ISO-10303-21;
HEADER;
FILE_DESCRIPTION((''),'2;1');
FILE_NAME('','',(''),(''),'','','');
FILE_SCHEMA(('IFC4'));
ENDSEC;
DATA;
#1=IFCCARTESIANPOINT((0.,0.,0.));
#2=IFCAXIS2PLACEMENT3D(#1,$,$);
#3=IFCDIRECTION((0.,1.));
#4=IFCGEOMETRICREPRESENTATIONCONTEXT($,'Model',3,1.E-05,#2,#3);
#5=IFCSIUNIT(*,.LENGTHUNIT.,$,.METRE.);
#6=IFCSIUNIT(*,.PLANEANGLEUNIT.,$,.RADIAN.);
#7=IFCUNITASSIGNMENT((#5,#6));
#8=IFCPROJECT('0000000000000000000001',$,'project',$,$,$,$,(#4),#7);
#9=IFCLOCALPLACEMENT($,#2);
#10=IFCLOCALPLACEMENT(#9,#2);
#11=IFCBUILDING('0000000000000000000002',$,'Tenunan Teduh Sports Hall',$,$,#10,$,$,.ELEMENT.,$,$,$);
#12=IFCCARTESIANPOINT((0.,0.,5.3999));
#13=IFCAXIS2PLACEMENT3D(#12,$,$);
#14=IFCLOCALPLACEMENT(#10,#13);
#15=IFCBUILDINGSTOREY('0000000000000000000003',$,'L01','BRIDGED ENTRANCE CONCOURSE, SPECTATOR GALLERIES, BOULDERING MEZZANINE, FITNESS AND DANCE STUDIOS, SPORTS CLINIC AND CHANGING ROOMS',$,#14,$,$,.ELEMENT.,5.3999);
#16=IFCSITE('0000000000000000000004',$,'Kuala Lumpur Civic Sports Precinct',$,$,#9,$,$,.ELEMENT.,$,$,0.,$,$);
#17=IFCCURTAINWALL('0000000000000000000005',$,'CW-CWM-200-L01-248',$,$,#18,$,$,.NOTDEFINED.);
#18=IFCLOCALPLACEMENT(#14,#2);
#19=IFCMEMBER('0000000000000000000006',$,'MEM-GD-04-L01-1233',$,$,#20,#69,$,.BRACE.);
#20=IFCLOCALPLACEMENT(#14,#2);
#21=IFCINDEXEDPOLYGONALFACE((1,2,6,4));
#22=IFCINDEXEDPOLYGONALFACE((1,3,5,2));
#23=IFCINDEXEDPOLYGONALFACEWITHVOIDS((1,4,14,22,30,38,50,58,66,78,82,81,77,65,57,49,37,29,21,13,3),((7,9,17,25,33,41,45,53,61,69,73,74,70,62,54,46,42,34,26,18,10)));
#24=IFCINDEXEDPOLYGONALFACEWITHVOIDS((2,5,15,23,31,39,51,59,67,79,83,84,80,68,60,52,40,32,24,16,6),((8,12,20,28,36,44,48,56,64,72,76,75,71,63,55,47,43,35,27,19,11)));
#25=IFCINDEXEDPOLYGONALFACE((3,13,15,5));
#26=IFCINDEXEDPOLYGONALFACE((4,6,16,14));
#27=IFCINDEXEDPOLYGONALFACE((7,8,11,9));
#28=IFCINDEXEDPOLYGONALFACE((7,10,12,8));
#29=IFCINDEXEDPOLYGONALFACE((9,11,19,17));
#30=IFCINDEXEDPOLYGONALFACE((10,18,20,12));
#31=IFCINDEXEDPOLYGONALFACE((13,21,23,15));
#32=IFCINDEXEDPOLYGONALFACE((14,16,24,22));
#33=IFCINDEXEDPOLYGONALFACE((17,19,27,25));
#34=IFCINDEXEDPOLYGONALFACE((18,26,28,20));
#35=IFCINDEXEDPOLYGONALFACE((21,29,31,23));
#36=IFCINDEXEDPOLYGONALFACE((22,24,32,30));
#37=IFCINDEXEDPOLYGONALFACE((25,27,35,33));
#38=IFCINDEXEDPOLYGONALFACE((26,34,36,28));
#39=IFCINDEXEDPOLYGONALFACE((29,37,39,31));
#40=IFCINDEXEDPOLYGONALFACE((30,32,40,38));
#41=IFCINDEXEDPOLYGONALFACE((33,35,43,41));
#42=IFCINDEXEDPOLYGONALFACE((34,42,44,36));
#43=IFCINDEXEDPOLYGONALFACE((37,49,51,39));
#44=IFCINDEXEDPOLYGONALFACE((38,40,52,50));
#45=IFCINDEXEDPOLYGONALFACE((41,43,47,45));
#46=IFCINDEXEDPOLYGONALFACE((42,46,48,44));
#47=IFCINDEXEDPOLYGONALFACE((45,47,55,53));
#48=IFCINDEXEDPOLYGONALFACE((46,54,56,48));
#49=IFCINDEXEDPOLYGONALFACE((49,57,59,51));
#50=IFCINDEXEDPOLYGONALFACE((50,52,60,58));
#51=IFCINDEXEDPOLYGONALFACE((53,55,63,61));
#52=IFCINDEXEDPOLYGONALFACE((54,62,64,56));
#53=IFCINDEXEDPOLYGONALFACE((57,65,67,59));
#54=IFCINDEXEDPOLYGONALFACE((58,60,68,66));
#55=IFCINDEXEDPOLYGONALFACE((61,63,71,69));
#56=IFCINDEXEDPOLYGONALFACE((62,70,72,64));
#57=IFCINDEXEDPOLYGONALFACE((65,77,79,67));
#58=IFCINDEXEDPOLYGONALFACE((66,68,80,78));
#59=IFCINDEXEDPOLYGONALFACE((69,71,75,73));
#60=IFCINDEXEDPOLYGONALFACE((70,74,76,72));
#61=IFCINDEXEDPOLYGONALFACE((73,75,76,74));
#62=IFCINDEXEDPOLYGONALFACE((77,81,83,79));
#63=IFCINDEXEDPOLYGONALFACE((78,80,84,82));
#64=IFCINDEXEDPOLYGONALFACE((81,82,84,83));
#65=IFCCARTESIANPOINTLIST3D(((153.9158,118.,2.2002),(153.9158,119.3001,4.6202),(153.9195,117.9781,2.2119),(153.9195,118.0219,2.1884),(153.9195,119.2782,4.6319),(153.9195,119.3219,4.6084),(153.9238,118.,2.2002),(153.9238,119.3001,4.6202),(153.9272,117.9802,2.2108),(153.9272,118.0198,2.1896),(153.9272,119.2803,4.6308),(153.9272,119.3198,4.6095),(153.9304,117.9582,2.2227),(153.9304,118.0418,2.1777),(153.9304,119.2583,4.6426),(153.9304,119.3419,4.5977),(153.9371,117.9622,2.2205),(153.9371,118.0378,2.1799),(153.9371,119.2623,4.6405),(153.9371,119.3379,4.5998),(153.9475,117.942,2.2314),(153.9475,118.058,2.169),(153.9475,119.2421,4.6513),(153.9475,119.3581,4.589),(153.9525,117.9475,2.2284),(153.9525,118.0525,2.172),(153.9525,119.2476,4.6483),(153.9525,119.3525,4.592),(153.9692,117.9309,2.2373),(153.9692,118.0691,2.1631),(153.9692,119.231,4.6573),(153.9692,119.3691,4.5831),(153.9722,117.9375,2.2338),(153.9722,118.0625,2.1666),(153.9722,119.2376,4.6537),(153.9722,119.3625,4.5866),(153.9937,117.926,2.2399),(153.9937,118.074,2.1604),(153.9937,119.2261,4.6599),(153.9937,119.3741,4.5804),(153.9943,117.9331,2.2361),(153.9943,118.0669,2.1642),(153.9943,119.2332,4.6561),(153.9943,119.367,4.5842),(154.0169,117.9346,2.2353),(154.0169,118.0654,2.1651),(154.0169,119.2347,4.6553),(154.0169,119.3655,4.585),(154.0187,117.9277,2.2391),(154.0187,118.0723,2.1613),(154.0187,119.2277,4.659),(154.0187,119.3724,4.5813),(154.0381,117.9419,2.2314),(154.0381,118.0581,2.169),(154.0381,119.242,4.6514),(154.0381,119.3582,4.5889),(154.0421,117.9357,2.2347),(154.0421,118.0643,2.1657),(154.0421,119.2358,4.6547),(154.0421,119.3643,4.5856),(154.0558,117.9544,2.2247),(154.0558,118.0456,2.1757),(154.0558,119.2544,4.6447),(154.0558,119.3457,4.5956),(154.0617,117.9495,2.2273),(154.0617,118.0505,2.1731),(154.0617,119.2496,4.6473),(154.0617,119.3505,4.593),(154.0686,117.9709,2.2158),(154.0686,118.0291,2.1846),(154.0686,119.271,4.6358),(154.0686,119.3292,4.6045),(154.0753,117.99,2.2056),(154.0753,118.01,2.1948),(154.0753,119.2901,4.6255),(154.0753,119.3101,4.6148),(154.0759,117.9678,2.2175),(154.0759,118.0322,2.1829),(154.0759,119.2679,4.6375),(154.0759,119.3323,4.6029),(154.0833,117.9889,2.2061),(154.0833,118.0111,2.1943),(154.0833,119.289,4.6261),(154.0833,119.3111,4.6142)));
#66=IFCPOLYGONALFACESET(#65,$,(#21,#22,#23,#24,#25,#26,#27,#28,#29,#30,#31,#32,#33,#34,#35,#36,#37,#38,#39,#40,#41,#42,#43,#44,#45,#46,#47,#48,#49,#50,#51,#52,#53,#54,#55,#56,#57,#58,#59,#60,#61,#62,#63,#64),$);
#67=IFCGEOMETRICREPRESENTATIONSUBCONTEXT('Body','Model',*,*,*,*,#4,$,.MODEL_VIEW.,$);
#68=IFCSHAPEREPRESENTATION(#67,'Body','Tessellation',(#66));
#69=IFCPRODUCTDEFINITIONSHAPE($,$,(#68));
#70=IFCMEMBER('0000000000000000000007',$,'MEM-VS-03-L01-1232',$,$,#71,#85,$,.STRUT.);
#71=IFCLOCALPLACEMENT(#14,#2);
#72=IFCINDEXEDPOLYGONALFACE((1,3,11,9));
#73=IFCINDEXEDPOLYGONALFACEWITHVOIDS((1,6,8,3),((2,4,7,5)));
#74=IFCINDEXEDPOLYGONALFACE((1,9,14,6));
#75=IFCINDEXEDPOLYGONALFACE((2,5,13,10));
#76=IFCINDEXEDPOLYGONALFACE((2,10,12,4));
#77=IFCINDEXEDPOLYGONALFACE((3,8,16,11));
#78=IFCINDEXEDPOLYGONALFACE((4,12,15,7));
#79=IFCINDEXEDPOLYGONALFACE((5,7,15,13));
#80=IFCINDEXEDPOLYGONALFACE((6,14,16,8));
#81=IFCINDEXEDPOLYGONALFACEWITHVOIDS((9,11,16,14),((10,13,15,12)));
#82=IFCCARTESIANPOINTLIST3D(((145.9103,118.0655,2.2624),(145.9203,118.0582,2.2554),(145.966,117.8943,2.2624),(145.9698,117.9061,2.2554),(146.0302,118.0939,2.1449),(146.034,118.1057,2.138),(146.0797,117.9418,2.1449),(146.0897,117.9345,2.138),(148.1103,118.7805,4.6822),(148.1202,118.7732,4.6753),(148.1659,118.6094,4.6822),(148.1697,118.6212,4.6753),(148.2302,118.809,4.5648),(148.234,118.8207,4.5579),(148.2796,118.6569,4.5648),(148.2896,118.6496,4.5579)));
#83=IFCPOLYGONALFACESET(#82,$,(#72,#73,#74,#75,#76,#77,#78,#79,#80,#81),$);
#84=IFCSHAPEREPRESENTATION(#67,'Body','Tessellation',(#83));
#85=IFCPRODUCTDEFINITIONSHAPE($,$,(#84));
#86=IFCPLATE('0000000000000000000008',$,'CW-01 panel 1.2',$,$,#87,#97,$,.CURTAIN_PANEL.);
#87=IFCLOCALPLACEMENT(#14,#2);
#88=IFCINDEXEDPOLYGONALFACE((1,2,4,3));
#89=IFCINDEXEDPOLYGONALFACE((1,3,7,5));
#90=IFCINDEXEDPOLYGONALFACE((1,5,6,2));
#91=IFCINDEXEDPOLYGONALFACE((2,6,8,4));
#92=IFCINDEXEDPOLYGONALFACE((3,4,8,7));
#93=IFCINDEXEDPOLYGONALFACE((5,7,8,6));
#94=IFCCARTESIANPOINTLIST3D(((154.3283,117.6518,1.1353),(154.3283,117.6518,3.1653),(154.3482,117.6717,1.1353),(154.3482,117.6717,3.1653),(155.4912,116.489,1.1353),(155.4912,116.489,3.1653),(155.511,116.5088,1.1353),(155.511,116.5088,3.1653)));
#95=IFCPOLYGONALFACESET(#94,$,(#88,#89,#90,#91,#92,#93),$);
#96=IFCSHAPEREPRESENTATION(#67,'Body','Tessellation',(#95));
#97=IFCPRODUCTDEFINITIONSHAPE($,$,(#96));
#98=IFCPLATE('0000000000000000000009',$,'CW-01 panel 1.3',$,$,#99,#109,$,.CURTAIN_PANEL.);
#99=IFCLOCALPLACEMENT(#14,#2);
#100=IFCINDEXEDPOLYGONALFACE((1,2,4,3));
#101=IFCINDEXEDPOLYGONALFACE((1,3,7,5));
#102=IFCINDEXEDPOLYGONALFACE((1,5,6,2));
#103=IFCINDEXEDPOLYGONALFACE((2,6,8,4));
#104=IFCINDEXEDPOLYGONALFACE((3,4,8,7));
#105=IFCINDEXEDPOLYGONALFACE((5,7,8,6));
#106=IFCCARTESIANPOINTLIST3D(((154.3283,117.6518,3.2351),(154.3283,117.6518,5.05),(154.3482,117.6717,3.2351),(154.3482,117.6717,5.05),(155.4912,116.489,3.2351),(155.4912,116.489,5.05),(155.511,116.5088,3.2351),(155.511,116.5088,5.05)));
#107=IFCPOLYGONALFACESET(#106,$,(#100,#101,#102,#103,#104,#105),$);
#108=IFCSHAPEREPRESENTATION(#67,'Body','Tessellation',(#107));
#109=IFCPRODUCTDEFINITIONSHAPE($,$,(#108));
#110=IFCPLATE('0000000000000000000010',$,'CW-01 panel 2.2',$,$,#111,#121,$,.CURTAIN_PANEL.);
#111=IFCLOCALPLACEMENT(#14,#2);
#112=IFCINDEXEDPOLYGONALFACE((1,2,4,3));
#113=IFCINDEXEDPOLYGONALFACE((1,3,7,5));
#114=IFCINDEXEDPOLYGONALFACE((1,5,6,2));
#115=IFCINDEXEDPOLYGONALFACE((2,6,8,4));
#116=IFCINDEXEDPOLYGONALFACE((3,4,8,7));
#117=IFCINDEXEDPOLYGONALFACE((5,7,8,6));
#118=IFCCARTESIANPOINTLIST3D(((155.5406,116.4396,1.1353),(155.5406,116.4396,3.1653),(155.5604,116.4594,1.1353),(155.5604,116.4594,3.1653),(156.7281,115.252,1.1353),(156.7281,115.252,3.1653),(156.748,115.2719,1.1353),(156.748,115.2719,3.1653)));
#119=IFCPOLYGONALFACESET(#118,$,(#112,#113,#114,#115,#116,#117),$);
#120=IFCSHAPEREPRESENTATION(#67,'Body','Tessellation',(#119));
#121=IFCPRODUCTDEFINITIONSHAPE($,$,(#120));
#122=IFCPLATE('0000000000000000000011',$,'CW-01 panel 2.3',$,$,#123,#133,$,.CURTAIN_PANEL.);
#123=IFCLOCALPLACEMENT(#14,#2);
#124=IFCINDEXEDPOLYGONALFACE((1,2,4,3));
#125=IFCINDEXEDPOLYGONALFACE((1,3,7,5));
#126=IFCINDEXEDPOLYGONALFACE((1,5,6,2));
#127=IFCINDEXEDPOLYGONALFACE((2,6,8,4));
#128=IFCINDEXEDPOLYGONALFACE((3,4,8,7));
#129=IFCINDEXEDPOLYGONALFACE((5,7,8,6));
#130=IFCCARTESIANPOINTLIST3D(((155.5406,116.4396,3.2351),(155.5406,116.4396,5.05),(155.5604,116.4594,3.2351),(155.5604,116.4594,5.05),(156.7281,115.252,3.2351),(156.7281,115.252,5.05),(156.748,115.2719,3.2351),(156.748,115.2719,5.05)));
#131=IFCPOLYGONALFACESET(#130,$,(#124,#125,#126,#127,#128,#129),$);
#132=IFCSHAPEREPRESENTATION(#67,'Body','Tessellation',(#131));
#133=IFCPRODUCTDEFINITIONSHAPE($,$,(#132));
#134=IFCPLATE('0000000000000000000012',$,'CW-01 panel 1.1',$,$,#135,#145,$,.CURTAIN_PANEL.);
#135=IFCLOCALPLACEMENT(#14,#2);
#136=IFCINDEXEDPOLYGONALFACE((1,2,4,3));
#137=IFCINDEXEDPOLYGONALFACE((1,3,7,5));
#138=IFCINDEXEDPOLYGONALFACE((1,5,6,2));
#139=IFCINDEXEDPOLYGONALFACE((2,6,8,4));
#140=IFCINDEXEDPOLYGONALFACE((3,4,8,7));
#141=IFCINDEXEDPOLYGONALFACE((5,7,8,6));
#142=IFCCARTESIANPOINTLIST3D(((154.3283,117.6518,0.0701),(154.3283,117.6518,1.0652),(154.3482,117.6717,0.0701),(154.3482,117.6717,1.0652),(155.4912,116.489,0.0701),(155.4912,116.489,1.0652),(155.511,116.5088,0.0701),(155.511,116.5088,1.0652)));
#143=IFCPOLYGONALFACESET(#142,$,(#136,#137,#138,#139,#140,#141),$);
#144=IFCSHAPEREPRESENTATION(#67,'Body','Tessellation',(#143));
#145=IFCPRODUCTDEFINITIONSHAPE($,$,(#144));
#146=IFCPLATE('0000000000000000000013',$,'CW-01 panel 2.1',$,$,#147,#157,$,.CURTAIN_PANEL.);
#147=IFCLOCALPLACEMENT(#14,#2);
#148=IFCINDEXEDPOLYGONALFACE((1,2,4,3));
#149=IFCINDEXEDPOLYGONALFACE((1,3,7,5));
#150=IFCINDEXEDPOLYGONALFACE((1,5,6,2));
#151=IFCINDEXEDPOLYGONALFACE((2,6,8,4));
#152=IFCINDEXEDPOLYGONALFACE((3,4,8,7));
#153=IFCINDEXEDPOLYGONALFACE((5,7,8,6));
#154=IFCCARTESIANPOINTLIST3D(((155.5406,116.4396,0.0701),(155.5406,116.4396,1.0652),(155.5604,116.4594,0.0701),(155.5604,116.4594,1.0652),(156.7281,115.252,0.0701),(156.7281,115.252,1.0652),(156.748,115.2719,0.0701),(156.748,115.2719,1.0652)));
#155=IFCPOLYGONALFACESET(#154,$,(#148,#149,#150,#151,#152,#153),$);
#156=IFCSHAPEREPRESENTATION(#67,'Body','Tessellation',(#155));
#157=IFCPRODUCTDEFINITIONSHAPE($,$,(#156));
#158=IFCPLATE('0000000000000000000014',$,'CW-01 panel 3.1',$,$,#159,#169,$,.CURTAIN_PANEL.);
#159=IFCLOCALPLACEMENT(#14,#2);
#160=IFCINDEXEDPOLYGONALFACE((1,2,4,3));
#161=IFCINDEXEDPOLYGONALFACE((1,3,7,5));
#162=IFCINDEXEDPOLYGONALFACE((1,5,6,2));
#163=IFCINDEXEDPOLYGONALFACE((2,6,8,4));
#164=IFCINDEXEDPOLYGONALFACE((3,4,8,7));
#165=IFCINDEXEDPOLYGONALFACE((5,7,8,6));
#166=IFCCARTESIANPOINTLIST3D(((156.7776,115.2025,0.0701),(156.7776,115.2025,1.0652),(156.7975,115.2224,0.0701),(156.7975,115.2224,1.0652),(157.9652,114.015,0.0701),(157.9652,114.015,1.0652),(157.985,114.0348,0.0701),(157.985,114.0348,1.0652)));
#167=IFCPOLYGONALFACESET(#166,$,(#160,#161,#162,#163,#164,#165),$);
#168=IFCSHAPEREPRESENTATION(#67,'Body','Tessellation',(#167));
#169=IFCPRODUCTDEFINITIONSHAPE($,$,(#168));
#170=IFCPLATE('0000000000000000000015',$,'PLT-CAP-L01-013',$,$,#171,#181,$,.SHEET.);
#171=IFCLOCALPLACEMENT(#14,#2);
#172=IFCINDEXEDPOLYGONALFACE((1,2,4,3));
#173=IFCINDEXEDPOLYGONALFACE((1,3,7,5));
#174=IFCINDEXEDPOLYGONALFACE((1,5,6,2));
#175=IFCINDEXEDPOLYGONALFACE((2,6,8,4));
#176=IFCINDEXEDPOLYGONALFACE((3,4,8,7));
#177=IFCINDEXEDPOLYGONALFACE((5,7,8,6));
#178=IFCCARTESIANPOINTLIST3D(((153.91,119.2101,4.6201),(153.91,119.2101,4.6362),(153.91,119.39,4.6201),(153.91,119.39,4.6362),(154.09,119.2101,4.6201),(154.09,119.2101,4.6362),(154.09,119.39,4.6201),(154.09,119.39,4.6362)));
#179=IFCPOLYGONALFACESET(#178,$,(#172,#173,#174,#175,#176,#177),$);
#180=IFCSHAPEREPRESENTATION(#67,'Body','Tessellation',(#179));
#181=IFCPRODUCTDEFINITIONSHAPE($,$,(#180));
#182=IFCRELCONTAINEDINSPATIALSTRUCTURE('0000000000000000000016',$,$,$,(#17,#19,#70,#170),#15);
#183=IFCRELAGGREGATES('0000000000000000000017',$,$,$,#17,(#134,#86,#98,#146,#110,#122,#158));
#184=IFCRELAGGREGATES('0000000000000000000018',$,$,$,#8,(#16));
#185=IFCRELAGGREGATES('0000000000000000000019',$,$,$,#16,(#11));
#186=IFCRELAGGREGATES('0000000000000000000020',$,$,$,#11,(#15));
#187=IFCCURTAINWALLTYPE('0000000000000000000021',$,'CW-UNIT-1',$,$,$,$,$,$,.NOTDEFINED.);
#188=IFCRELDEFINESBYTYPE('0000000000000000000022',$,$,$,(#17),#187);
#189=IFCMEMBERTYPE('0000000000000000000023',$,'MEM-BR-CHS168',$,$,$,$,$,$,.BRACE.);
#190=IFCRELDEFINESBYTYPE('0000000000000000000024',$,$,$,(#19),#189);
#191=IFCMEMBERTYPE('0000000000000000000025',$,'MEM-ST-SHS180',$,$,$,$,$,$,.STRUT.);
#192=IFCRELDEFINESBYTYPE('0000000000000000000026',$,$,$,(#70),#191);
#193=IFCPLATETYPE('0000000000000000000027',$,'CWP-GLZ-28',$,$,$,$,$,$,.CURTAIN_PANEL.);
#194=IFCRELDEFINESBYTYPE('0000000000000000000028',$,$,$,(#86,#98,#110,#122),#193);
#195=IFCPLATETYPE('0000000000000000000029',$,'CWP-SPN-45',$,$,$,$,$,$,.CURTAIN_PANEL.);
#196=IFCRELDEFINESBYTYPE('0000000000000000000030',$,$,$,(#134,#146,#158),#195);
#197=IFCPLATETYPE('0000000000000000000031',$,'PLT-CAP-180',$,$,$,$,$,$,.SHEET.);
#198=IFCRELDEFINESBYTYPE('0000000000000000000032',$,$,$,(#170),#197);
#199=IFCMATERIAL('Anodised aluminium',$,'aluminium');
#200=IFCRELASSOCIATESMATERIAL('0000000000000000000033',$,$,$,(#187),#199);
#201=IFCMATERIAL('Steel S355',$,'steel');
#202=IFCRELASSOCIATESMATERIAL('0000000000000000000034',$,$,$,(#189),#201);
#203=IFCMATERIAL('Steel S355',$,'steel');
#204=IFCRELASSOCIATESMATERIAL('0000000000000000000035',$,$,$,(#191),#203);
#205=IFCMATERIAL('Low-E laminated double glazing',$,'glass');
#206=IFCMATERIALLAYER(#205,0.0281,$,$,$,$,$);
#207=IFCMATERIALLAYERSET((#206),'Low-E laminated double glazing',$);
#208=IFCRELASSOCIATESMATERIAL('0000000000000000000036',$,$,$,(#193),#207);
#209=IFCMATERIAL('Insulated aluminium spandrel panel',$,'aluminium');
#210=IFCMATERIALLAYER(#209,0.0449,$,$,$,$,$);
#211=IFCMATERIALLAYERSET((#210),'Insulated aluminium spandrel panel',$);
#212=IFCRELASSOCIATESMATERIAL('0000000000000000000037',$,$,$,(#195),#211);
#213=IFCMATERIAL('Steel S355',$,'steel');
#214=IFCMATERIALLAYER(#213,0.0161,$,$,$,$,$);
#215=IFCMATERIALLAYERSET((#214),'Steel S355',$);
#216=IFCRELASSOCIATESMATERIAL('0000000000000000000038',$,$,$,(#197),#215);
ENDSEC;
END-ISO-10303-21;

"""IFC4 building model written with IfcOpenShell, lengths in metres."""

from ifc_helpers import new_model, si_unit, direction, frame, origin, origin_2d, place, context, subcontext, project, spatial, rectangle, hollow_rectangle, hollow_circle, extrude, material, layer, layer_set, material_profile, profile_set, type_object, element, aggregate, save


model = new_model("IFC4")

# Units and contexts
model_context = context("Model", 3, precision=1e-05, world=origin(), true_north=direction((0.0, 1.0)))
body_context = subcontext(model_context, "Body", "Model", "MODEL_VIEW")
ifc_project = project(units=[si_unit("LENGTHUNIT", "METRE"), si_unit("PLANEANGLEUNIT", "RADIAN")], contexts=[model_context])

# Site, building, storey
site_placement = place(None, origin())
site = spatial("IfcSite", under=ifc_project, at=site_placement, Name="Kuala Lumpur Civic Sports Precinct", CompositionType="ELEMENT", RefElevation=0.0)
building_placement = place(site_placement, origin())
building = spatial("IfcBuilding", under=site, at=building_placement, Name="Tenunan Teduh Sports Hall", CompositionType="ELEMENT")
storey_placement = place(building_placement, frame((0.0, 0.0, 5.3999)))
storey = spatial("IfcBuildingStorey", under=building, at=storey_placement, Name="L01", Description="BRIDGED ENTRANCE CONCOURSE, SPECTATOR GALLERIES, BOULDERING MEZZANINE, FITNESS AND DANCE STUDIOS, SPORTS CLINIC AND CHANGING ROOMS", CompositionType="ELEMENT", Elevation=5.3999)

# Curtain wall
ifc_material_1 = material(Name="Anodised aluminium", Category="aluminium")
curtain_wall_type = type_object("IfcCurtainWallType", Name="CW-UNIT-1", PredefinedType="NOTDEFINED", material=ifc_material_1)
curtain_wall_placement = place(storey_placement, origin())
curtain_wall = element("IfcCurtainWall", 1, at=curtain_wall_placement, inside=storey, type_object=curtain_wall_type, Name="CW-CWM-200-L01-248", PredefinedType="NOTDEFINED")

# Members
ifc_material_2 = material(Name="Steel S355", Category="steel")
ifc_material_profile_1 = material_profile(ifc_material_2, hollow_circle(Radius=0.0842, WallThickness=0.0081, at=origin_2d()), Name="CHS 168.3x8.0")
ifc_profile_set_1 = profile_set([ifc_material_profile_1], Name="Steel S355")
member_type_1 = type_object("IfcMemberType", Name="MEM-BR-CHS168", PredefinedType="BRACE", material=ifc_profile_set_1)
member_1_placement = place(storey_placement, frame((154.0, 118.0, 2.2002), z_axis=(0.0, 0.473257, 0.880924), x_axis=(-1.0, 0.0, 0.0)))
element("IfcMember", 2, at=member_1_placement, inside=storey, type_object=member_type_1, Name="MEM-GD-04-L01-1233", PredefinedType="BRACE", context=body_context, shape_type="SweptSolid", body=[
    extrude(hollow_circle(Radius=0.0842, WallThickness=0.0081, at=origin_2d()), origin(), (0.0, 0.0, 1.0), 2.7471),
])
ifc_material_3 = material(Name="Steel S355", Category="steel")
ifc_material_profile_2 = material_profile(ifc_material_3, hollow_rectangle(XDim=0.1799, YDim=0.1799, WallThickness=0.01, at=origin_2d()), Name="SHS 180x180x10.0")
ifc_profile_set_2 = profile_set([ifc_material_profile_2], Name="Steel S355")
member_type_2 = type_object("IfcMemberType", Name="MEM-ST-SHS180", PredefinedType="STRUT", material=ifc_profile_set_2)
member_2_placement = place(storey_placement, frame((146.0, 118.0, 2.2002), z_axis=(0.657151, 0.213605, 0.722859), x_axis=(-0.309127, 0.951021, 0.0)))
element("IfcMember", 3, at=member_2_placement, inside=storey, type_object=member_type_2, Name="MEM-VS-03-L01-1232", PredefinedType="STRUT", context=body_context, shape_type="SweptSolid", body=[
    extrude(hollow_rectangle(XDim=0.1799, YDim=0.1799, WallThickness=0.01, at=origin_2d()), origin(), (0.0, 0.0, 1.0), 3.3477),
])

# Plates
ifc_material_4 = material(Name="Low-E laminated double glazing", Category="glass")
ifc_layer_1 = layer(ifc_material_4, 0.0281)
ifc_layer_set_1 = layer_set([ifc_layer_1], Name="Low-E laminated double glazing")
plate_type_1 = type_object("IfcPlateType", Name="CWP-GLZ-28", PredefinedType="CURTAIN_PANEL", material=ifc_layer_set_1)
plate_1_placement = place(storey_placement, frame((154.9197, 117.0803, 1.1353), z_axis=(0.0, 0.0, 1.0), x_axis=(0.707107, -0.707107, 0.0)))
plate_1 = element("IfcPlate", 4, at=plate_1_placement, type_object=plate_type_1, Name="CW-01 panel 1.2", PredefinedType="CURTAIN_PANEL", context=body_context, shape_type="SweptSolid", body=[
    extrude(rectangle(XDim=1.6445, YDim=0.0281, at=origin_2d()), origin(), (0.0, 0.0, 1.0), 2.03),
])
plate_2_placement = place(storey_placement, frame((154.9197, 117.0803, 3.2351), z_axis=(0.0, 0.0, 1.0), x_axis=(0.707107, -0.707107, 0.0)))
plate_2 = element("IfcPlate", 5, at=plate_2_placement, type_object=plate_type_1, Name="CW-01 panel 1.3", PredefinedType="CURTAIN_PANEL", context=body_context, shape_type="SweptSolid", body=[
    extrude(rectangle(XDim=1.6445, YDim=0.0281, at=origin_2d()), origin(), (0.0, 0.0, 1.0), 1.8149),
])
plate_3_placement = place(storey_placement, frame((156.1443, 115.8557, 1.1353), z_axis=(0.0, 0.0, 1.0), x_axis=(0.707107, -0.707107, 0.0)))
plate_3 = element("IfcPlate", 6, at=plate_3_placement, type_object=plate_type_1, Name="CW-01 panel 2.2", PredefinedType="CURTAIN_PANEL", context=body_context, shape_type="SweptSolid", body=[
    extrude(rectangle(XDim=1.6794, YDim=0.0281, at=origin_2d()), origin(), (0.0, 0.0, 1.0), 2.03),
])
plate_4_placement = place(storey_placement, frame((156.1443, 115.8557, 3.2351), z_axis=(0.0, 0.0, 1.0), x_axis=(0.707107, -0.707107, 0.0)))
plate_4 = element("IfcPlate", 7, at=plate_4_placement, type_object=plate_type_1, Name="CW-01 panel 2.3", PredefinedType="CURTAIN_PANEL", context=body_context, shape_type="SweptSolid", body=[
    extrude(rectangle(XDim=1.6794, YDim=0.0281, at=origin_2d()), origin(), (0.0, 0.0, 1.0), 1.8149),
])
ifc_material_5 = material(Name="Insulated aluminium spandrel panel", Category="aluminium")
ifc_layer_2 = layer(ifc_material_5, 0.0449)
ifc_layer_set_2 = layer_set([ifc_layer_2], Name="Insulated aluminium spandrel panel")
plate_type_2 = type_object("IfcPlateType", Name="CWP-SPN-45", PredefinedType="CURTAIN_PANEL", material=ifc_layer_set_2)
plate_5_placement = place(storey_placement, frame((154.9197, 117.0803, 0.0701), z_axis=(0.0, 0.0, 1.0), x_axis=(0.707107, -0.707107, 0.0)))
plate_5 = element("IfcPlate", 8, at=plate_5_placement, type_object=plate_type_2, Name="CW-01 panel 1.1", PredefinedType="CURTAIN_PANEL", context=body_context, shape_type="SweptSolid", body=[
    extrude(rectangle(XDim=1.6445, YDim=0.0281, at=origin_2d()), origin(), (0.0, 0.0, 1.0), 0.9951),
])
plate_6_placement = place(storey_placement, frame((156.1443, 115.8557, 0.0701), z_axis=(0.0, 0.0, 1.0), x_axis=(0.707107, -0.707107, 0.0)))
plate_6 = element("IfcPlate", 9, at=plate_6_placement, type_object=plate_type_2, Name="CW-01 panel 2.1", PredefinedType="CURTAIN_PANEL", context=body_context, shape_type="SweptSolid", body=[
    extrude(rectangle(XDim=1.6794, YDim=0.0281, at=origin_2d()), origin(), (0.0, 0.0, 1.0), 0.9951),
])
plate_7_placement = place(storey_placement, frame((157.3813, 114.6187, 0.0701), z_axis=(0.0, 0.0, 1.0), x_axis=(0.707107, -0.707107, 0.0)))
plate_7 = element("IfcPlate", 10, at=plate_7_placement, type_object=plate_type_2, Name="CW-01 panel 3.1", PredefinedType="CURTAIN_PANEL", context=body_context, shape_type="SweptSolid", body=[
    extrude(rectangle(XDim=1.6794, YDim=0.0281, at=origin_2d()), origin(), (0.0, 0.0, 1.0), 0.9951),
])
aggregate(curtain_wall, [plate_5, plate_1, plate_2, plate_6, plate_3, plate_4, plate_7])

# Plate
ifc_material_6 = material(Name="Steel S355", Category="steel")
ifc_layer_3 = layer(ifc_material_6, 0.0161)
ifc_layer_set_3 = layer_set([ifc_layer_3], Name="Steel S355")
plate_type_3 = type_object("IfcPlateType", Name="PLT-CAP-180", PredefinedType="SHEET", material=ifc_layer_set_3)
plate_8_placement = place(storey_placement, frame((154.0, 119.3, 4.6201), z_axis=(0.0, 0.0, 1.0), x_axis=(1.0, 0.0, 0.0)))
element("IfcPlate", 11, at=plate_8_placement, inside=storey, type_object=plate_type_3, Name="PLT-CAP-L01-013", PredefinedType="SHEET", context=body_context, shape_type="SweptSolid", body=[
    extrude(rectangle(XDim=0.1799, YDim=0.1799, at=origin_2d()), origin(), (0.0, 0.0, 1.0), 0.0161),
])

save(model, "model.ifc")
